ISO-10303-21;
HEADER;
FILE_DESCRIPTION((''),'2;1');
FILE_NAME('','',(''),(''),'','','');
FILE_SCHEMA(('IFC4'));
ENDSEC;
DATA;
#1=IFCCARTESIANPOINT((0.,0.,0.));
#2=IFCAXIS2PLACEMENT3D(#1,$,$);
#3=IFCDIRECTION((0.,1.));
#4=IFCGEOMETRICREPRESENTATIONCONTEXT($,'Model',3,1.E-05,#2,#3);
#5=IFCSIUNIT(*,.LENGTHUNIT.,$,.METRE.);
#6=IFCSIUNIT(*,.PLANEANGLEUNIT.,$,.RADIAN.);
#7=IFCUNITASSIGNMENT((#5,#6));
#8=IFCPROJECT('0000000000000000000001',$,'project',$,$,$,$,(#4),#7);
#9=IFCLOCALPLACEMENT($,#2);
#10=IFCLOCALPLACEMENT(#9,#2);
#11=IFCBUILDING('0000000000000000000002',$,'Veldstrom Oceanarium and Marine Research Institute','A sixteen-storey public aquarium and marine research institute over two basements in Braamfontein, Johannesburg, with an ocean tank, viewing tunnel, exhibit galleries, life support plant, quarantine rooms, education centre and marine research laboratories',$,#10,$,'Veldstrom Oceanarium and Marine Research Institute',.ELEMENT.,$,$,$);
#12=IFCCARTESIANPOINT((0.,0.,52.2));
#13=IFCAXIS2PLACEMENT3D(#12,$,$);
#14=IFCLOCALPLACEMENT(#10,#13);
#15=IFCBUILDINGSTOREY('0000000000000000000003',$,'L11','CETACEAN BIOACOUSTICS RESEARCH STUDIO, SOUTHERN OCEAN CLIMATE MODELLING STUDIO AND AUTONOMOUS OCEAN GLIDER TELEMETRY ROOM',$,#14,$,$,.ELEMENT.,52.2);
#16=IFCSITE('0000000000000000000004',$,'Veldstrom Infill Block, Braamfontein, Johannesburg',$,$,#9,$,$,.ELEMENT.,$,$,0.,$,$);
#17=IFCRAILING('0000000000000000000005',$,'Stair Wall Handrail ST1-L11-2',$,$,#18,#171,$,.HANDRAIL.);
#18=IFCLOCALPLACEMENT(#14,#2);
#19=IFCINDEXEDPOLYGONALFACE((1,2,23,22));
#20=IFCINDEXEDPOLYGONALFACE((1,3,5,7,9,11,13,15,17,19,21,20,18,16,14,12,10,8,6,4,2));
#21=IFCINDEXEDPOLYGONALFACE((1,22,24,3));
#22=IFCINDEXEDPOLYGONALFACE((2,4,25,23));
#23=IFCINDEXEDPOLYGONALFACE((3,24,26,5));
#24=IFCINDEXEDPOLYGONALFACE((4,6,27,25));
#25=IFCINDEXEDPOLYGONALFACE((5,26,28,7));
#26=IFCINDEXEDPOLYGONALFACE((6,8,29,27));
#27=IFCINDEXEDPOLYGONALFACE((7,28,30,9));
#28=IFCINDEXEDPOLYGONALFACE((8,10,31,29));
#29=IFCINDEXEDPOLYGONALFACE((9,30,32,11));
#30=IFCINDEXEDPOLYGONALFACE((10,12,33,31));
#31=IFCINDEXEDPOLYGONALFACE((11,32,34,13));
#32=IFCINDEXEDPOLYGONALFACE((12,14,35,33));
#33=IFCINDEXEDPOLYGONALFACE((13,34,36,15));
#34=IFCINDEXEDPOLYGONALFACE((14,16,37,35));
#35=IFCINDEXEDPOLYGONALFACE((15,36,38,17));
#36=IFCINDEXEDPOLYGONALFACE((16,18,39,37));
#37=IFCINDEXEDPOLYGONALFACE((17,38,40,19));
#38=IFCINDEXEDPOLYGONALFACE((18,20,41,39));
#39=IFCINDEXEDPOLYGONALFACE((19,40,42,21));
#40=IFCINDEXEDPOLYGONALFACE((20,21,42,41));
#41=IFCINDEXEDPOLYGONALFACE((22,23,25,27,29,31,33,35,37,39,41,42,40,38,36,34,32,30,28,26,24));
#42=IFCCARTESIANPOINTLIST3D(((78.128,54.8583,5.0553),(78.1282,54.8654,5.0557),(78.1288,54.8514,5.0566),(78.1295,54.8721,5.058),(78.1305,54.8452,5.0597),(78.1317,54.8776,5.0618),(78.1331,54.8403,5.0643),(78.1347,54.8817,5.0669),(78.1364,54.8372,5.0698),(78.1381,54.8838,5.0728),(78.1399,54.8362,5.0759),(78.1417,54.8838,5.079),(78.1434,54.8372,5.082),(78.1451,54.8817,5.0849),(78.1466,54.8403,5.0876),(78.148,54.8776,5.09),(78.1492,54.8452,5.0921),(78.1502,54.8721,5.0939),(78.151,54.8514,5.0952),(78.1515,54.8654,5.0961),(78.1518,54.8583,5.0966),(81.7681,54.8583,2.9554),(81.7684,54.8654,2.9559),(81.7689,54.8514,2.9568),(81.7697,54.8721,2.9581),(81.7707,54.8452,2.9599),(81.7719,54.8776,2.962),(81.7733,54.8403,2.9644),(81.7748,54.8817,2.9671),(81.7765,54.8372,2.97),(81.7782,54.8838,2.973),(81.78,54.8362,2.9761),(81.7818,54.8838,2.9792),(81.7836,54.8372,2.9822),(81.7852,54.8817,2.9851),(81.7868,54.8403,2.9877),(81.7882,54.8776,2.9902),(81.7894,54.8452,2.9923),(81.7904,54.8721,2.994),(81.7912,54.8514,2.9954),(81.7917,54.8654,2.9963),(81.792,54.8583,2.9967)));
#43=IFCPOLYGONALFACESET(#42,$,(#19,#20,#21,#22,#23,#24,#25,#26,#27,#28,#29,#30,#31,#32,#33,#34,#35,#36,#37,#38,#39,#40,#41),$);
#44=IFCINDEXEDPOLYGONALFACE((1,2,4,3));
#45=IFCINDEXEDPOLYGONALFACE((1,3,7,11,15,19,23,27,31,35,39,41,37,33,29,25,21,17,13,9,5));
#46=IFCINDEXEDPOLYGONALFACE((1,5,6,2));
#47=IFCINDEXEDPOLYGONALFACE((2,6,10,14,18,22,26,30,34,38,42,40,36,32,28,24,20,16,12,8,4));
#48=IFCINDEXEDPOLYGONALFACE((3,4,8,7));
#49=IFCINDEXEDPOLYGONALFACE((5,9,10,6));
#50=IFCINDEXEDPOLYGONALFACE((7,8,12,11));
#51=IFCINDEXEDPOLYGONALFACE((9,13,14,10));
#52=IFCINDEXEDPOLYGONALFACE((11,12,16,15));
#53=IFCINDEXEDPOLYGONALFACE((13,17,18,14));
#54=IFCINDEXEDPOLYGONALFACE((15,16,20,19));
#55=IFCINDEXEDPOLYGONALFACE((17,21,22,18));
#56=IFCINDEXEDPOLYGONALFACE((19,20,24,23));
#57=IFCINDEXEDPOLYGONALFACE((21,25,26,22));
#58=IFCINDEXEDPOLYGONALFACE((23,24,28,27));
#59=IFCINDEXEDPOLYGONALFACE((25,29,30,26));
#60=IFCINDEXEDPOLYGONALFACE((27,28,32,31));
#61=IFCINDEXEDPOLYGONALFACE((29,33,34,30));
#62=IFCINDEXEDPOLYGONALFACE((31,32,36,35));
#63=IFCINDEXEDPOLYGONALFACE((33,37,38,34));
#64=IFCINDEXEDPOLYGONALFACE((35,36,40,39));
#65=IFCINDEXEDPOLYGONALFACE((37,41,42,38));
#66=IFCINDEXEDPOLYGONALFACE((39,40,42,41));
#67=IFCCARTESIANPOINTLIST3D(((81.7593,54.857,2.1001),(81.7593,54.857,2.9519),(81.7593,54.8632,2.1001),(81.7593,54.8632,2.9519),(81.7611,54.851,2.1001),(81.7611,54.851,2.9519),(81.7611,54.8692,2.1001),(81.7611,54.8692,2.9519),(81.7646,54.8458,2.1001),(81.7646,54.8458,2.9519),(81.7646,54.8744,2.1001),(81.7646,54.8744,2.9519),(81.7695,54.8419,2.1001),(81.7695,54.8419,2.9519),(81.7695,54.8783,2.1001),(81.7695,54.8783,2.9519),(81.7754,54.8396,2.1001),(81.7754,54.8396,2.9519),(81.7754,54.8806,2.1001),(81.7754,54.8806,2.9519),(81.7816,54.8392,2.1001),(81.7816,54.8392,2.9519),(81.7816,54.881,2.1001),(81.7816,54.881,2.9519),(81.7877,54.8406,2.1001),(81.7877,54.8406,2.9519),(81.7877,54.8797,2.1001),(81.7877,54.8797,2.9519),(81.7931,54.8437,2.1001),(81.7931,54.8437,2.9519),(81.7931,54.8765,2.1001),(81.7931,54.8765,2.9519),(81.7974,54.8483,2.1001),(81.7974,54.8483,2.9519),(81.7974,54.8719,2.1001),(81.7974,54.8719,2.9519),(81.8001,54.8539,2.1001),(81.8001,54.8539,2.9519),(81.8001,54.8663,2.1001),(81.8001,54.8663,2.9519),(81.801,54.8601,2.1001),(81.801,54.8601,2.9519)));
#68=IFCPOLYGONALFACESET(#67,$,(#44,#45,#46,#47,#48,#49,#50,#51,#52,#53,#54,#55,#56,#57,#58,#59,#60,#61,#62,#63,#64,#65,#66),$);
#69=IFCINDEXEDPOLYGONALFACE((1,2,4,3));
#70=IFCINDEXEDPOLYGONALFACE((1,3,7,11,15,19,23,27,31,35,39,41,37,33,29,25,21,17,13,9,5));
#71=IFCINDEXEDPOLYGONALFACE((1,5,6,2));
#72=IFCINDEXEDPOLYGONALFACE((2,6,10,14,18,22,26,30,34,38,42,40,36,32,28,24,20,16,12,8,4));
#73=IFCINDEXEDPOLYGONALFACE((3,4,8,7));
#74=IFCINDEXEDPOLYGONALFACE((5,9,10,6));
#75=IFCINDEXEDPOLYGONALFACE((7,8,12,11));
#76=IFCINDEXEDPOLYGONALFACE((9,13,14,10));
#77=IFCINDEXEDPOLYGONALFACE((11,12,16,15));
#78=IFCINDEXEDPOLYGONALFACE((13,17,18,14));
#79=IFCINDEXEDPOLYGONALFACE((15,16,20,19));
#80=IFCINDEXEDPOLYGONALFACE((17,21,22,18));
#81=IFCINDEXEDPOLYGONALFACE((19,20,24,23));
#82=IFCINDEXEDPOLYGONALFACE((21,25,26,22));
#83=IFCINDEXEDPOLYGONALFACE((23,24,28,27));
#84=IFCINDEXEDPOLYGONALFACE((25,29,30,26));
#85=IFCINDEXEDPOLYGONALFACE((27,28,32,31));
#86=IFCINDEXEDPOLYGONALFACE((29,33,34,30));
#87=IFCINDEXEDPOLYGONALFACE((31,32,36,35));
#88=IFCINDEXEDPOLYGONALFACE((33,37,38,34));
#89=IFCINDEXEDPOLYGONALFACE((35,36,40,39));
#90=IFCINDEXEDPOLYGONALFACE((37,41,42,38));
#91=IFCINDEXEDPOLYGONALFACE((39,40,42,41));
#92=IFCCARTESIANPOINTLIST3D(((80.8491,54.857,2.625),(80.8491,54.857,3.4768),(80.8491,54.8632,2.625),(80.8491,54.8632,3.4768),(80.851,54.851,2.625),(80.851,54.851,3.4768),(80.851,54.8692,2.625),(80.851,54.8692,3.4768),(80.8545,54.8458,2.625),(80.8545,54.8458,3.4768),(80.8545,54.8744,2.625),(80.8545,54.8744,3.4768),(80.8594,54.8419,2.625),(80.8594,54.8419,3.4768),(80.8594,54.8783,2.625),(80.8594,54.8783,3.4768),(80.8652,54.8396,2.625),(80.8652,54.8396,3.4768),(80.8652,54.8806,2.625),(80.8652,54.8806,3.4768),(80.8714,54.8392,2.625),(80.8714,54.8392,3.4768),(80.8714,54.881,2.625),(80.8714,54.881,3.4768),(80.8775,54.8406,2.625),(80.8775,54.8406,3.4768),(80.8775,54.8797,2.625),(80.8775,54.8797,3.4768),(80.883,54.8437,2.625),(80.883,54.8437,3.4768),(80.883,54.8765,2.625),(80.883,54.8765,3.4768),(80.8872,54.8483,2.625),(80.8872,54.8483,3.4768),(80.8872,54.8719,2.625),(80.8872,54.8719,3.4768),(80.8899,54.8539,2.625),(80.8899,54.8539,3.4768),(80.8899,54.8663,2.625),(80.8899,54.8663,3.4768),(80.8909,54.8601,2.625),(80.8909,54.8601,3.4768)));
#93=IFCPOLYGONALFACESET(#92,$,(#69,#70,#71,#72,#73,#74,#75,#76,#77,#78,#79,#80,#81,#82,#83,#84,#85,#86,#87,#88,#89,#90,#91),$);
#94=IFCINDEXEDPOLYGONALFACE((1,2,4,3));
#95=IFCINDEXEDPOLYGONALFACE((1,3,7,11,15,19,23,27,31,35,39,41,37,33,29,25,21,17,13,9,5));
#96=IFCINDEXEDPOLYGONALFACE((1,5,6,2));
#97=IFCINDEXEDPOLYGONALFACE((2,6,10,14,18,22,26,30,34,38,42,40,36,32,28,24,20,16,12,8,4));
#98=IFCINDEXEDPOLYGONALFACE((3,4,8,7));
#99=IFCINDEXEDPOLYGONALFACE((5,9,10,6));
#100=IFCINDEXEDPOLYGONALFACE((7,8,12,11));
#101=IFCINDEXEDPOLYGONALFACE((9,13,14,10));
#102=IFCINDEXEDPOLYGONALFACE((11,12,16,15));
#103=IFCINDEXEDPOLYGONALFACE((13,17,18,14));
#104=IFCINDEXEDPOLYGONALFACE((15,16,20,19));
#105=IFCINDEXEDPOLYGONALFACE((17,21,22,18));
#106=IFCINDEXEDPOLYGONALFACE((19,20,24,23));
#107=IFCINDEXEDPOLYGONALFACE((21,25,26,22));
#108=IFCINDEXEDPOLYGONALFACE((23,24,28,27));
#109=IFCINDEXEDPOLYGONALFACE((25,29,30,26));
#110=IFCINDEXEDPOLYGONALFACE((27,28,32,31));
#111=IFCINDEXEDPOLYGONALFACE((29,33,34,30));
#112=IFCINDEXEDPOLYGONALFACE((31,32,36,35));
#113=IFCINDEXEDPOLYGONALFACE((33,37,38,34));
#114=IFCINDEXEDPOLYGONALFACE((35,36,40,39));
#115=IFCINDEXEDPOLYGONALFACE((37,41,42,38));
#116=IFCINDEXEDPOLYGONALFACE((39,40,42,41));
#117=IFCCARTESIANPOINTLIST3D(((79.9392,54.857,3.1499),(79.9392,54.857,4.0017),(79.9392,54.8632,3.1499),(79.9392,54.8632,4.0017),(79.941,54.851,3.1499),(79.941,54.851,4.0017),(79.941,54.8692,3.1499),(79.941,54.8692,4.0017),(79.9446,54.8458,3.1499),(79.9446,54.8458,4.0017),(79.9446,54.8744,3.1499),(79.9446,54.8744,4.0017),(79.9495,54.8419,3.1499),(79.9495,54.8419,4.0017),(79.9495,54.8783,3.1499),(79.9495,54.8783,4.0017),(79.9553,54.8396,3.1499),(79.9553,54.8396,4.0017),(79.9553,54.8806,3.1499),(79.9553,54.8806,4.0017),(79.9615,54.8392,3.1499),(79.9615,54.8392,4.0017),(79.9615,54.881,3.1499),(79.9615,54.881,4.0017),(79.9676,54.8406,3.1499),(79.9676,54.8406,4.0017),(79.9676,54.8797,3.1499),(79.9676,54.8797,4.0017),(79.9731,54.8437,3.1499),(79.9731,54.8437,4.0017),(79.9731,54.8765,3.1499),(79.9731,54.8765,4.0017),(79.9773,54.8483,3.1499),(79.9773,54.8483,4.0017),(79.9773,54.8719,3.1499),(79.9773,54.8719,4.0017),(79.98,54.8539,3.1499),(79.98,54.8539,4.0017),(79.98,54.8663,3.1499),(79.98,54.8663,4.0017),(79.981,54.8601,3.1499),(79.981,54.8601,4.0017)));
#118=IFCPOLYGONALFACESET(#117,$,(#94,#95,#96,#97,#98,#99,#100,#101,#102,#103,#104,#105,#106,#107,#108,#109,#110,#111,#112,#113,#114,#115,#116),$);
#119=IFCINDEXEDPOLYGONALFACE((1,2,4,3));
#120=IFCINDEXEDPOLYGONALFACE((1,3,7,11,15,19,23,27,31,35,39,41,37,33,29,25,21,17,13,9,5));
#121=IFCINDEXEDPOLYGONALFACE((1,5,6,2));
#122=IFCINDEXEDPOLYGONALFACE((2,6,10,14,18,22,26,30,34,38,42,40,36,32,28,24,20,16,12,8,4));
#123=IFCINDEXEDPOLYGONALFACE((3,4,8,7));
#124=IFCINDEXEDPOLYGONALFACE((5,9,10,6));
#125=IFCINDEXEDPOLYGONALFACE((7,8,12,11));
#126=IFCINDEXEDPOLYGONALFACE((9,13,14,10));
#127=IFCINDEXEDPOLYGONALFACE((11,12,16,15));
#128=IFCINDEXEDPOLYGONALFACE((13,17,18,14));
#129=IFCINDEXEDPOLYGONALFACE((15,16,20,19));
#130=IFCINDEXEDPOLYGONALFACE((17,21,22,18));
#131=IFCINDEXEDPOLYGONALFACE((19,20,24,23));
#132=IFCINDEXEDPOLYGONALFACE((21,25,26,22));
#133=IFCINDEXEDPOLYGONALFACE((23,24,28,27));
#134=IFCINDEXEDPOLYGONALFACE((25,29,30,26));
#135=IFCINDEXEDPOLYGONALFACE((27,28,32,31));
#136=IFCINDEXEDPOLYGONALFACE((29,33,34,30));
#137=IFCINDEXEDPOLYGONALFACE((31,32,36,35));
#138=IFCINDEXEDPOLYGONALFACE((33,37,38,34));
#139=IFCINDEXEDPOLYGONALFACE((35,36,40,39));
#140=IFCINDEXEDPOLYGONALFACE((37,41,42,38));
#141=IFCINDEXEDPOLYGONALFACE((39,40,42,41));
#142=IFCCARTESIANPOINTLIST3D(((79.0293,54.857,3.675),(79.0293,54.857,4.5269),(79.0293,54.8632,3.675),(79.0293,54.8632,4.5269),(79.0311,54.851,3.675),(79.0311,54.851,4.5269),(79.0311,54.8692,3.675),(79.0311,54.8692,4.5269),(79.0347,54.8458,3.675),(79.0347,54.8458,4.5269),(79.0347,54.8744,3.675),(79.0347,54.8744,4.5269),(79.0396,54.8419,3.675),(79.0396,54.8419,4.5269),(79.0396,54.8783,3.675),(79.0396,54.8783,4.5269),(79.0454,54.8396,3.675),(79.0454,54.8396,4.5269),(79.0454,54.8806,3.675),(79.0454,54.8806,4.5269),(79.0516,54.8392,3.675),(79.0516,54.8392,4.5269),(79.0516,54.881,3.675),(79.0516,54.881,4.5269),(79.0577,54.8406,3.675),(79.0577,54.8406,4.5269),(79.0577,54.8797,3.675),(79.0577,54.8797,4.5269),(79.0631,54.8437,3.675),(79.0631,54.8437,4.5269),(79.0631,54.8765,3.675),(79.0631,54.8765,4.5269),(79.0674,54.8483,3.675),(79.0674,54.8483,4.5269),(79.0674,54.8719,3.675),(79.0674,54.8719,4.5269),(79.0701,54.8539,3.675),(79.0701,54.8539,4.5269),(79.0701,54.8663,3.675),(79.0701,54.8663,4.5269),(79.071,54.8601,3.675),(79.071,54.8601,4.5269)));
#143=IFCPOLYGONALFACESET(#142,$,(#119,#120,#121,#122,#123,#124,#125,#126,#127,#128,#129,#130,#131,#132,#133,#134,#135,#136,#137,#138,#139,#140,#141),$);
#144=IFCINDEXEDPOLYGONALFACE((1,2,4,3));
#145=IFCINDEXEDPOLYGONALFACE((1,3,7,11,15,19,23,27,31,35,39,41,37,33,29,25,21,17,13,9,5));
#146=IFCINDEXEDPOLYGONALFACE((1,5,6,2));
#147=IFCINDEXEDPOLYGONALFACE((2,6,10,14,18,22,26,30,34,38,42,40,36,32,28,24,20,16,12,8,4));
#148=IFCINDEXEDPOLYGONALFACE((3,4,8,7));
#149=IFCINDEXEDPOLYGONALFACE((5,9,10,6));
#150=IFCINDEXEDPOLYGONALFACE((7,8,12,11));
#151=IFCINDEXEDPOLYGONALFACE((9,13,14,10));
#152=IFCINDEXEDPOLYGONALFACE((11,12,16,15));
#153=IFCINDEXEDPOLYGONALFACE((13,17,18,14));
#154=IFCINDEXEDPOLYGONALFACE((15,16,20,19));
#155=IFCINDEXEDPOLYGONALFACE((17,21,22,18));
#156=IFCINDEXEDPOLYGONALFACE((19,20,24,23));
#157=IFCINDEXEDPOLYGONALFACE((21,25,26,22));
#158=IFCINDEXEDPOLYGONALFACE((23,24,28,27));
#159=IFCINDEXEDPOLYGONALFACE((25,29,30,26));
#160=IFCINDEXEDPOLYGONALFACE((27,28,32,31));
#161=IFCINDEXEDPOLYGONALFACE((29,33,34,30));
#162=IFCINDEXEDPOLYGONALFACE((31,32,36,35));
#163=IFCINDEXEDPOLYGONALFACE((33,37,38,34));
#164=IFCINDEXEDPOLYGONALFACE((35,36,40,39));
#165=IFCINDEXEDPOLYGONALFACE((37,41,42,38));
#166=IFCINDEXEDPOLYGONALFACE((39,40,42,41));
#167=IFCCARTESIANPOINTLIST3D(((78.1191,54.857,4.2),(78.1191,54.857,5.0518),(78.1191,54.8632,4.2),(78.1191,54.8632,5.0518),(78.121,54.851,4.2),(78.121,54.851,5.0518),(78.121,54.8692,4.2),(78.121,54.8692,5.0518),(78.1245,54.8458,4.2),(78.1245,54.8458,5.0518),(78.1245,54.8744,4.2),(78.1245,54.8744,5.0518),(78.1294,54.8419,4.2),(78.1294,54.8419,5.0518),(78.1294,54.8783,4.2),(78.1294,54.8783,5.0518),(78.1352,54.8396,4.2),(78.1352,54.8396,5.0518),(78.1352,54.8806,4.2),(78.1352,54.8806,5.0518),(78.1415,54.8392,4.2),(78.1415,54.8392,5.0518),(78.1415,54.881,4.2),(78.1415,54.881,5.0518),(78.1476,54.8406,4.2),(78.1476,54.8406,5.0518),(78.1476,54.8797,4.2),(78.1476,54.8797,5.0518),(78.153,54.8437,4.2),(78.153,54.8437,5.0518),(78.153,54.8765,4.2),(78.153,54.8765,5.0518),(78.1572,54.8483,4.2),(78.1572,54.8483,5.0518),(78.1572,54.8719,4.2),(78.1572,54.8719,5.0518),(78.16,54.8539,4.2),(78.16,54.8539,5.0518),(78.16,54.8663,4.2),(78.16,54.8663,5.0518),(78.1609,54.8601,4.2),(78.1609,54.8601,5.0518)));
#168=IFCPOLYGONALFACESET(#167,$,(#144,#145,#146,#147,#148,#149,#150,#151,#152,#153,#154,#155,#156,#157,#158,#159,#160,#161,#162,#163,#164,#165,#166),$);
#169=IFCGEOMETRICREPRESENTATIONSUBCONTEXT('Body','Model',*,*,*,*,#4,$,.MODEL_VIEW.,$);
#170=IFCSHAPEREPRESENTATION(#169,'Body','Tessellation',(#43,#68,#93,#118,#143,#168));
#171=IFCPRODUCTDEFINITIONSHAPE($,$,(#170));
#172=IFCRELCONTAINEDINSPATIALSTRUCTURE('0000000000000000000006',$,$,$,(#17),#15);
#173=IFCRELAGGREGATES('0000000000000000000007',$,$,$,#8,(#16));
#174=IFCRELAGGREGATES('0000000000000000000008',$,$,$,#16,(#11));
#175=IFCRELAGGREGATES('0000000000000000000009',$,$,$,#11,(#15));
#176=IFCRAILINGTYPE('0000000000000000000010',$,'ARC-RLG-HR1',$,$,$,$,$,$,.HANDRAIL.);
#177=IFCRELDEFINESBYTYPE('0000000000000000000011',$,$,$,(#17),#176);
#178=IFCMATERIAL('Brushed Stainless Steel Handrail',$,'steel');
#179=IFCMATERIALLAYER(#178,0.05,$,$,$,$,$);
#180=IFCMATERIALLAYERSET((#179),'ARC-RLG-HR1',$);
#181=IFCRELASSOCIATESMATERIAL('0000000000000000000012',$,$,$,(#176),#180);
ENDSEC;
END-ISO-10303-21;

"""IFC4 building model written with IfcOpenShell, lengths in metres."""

from ifc_helpers import new_model, si_unit, direction, frame, origin, origin_2d, place, context, subcontext, project, spatial, circle, extrude, material, layer, layer_set, type_object, element, save


model = new_model("IFC4")

# Units and contexts
model_context = context("Model", 3, precision=1e-05, world=origin(), true_north=direction((0.0, 1.0)))
body_context = subcontext(model_context, "Body", "Model", "MODEL_VIEW")
ifc_project = project(units=[si_unit("LENGTHUNIT", "METRE"), si_unit("PLANEANGLEUNIT", "RADIAN")], contexts=[model_context])

# Site, building, storey
site_placement = place(None, origin())
site = spatial("IfcSite", under=ifc_project, at=site_placement, Name="Veldstrom Infill Block, Braamfontein, Johannesburg", CompositionType="ELEMENT", RefElevation=0.0)
building_placement = place(site_placement, origin())
building = spatial("IfcBuilding", under=site, at=building_placement, Name="Veldstrom Oceanarium and Marine Research Institute", Description="A sixteen-storey public aquarium and marine research institute over two basements in Braamfontein, Johannesburg, with an ocean tank, viewing tunnel, exhibit galleries, life support plant, quarantine rooms, education centre and marine research laboratories", LongName="Veldstrom Oceanarium and Marine Research Institute", CompositionType="ELEMENT")
storey_placement = place(building_placement, frame((0.0, 0.0, 52.2)))
storey = spatial("IfcBuildingStorey", under=building, at=storey_placement, Name="L11", Description="CETACEAN BIOACOUSTICS RESEARCH STUDIO, SOUTHERN OCEAN CLIMATE MODELLING STUDIO AND AUTONOMOUS OCEAN GLIDER TELEMETRY ROOM", CompositionType="ELEMENT", Elevation=52.2)

# Railing
ifc_material_1 = material(Name="Brushed Stainless Steel Handrail", Category="steel")
ifc_layer_1 = layer(ifc_material_1, 0.05)
ifc_layer_set_1 = layer_set([ifc_layer_1], Name="ARC-RLG-HR1")
railing_type_1 = type_object("IfcRailingType", Name="ARC-RLG-HR1", PredefinedType="HANDRAIL", material=ifc_layer_set_1)
railing_1_placement = place(storey_placement, frame((81.78, 54.8601, 2.1001)))
element("IfcRailing", 1, at=railing_1_placement, inside=storey, type_object=railing_type_1, Name="Stair Wall Handrail ST1-L11-2", PredefinedType="HANDRAIL", context=body_context, shape_type="SweptSolid", body=[
    extrude(circle(Radius=0.0239, at=origin_2d()), frame((0.0, 0.0, 0.876), z_axis=(-0.866209, 0.0, 0.499682), x_axis=(0.0, -1.0, 0.0)), (0.0, 0.0, 1.0), 4.2024),
    extrude(circle(Radius=0.021, at=origin_2d()), origin(), (0.0, 0.0, 1.0), 0.8518),
    extrude(circle(Radius=0.021, at=origin_2d()), frame((-0.9102, 0.0, 0.5249)), (0.0, 0.0, 1.0), 0.8518),
    extrude(circle(Radius=0.021, at=origin_2d()), frame((-1.8201, 0.0, 1.0498)), (0.0, 0.0, 1.0), 0.8518),
    extrude(circle(Radius=0.021, at=origin_2d()), frame((-2.73, 0.0, 1.575)), (0.0, 0.0, 1.0), 0.8518),
    extrude(circle(Radius=0.021, at=origin_2d()), frame((-3.6401, 0.0, 2.0999)), (0.0, 0.0, 1.0), 0.8518),
])

save(model, "model.ifc")
